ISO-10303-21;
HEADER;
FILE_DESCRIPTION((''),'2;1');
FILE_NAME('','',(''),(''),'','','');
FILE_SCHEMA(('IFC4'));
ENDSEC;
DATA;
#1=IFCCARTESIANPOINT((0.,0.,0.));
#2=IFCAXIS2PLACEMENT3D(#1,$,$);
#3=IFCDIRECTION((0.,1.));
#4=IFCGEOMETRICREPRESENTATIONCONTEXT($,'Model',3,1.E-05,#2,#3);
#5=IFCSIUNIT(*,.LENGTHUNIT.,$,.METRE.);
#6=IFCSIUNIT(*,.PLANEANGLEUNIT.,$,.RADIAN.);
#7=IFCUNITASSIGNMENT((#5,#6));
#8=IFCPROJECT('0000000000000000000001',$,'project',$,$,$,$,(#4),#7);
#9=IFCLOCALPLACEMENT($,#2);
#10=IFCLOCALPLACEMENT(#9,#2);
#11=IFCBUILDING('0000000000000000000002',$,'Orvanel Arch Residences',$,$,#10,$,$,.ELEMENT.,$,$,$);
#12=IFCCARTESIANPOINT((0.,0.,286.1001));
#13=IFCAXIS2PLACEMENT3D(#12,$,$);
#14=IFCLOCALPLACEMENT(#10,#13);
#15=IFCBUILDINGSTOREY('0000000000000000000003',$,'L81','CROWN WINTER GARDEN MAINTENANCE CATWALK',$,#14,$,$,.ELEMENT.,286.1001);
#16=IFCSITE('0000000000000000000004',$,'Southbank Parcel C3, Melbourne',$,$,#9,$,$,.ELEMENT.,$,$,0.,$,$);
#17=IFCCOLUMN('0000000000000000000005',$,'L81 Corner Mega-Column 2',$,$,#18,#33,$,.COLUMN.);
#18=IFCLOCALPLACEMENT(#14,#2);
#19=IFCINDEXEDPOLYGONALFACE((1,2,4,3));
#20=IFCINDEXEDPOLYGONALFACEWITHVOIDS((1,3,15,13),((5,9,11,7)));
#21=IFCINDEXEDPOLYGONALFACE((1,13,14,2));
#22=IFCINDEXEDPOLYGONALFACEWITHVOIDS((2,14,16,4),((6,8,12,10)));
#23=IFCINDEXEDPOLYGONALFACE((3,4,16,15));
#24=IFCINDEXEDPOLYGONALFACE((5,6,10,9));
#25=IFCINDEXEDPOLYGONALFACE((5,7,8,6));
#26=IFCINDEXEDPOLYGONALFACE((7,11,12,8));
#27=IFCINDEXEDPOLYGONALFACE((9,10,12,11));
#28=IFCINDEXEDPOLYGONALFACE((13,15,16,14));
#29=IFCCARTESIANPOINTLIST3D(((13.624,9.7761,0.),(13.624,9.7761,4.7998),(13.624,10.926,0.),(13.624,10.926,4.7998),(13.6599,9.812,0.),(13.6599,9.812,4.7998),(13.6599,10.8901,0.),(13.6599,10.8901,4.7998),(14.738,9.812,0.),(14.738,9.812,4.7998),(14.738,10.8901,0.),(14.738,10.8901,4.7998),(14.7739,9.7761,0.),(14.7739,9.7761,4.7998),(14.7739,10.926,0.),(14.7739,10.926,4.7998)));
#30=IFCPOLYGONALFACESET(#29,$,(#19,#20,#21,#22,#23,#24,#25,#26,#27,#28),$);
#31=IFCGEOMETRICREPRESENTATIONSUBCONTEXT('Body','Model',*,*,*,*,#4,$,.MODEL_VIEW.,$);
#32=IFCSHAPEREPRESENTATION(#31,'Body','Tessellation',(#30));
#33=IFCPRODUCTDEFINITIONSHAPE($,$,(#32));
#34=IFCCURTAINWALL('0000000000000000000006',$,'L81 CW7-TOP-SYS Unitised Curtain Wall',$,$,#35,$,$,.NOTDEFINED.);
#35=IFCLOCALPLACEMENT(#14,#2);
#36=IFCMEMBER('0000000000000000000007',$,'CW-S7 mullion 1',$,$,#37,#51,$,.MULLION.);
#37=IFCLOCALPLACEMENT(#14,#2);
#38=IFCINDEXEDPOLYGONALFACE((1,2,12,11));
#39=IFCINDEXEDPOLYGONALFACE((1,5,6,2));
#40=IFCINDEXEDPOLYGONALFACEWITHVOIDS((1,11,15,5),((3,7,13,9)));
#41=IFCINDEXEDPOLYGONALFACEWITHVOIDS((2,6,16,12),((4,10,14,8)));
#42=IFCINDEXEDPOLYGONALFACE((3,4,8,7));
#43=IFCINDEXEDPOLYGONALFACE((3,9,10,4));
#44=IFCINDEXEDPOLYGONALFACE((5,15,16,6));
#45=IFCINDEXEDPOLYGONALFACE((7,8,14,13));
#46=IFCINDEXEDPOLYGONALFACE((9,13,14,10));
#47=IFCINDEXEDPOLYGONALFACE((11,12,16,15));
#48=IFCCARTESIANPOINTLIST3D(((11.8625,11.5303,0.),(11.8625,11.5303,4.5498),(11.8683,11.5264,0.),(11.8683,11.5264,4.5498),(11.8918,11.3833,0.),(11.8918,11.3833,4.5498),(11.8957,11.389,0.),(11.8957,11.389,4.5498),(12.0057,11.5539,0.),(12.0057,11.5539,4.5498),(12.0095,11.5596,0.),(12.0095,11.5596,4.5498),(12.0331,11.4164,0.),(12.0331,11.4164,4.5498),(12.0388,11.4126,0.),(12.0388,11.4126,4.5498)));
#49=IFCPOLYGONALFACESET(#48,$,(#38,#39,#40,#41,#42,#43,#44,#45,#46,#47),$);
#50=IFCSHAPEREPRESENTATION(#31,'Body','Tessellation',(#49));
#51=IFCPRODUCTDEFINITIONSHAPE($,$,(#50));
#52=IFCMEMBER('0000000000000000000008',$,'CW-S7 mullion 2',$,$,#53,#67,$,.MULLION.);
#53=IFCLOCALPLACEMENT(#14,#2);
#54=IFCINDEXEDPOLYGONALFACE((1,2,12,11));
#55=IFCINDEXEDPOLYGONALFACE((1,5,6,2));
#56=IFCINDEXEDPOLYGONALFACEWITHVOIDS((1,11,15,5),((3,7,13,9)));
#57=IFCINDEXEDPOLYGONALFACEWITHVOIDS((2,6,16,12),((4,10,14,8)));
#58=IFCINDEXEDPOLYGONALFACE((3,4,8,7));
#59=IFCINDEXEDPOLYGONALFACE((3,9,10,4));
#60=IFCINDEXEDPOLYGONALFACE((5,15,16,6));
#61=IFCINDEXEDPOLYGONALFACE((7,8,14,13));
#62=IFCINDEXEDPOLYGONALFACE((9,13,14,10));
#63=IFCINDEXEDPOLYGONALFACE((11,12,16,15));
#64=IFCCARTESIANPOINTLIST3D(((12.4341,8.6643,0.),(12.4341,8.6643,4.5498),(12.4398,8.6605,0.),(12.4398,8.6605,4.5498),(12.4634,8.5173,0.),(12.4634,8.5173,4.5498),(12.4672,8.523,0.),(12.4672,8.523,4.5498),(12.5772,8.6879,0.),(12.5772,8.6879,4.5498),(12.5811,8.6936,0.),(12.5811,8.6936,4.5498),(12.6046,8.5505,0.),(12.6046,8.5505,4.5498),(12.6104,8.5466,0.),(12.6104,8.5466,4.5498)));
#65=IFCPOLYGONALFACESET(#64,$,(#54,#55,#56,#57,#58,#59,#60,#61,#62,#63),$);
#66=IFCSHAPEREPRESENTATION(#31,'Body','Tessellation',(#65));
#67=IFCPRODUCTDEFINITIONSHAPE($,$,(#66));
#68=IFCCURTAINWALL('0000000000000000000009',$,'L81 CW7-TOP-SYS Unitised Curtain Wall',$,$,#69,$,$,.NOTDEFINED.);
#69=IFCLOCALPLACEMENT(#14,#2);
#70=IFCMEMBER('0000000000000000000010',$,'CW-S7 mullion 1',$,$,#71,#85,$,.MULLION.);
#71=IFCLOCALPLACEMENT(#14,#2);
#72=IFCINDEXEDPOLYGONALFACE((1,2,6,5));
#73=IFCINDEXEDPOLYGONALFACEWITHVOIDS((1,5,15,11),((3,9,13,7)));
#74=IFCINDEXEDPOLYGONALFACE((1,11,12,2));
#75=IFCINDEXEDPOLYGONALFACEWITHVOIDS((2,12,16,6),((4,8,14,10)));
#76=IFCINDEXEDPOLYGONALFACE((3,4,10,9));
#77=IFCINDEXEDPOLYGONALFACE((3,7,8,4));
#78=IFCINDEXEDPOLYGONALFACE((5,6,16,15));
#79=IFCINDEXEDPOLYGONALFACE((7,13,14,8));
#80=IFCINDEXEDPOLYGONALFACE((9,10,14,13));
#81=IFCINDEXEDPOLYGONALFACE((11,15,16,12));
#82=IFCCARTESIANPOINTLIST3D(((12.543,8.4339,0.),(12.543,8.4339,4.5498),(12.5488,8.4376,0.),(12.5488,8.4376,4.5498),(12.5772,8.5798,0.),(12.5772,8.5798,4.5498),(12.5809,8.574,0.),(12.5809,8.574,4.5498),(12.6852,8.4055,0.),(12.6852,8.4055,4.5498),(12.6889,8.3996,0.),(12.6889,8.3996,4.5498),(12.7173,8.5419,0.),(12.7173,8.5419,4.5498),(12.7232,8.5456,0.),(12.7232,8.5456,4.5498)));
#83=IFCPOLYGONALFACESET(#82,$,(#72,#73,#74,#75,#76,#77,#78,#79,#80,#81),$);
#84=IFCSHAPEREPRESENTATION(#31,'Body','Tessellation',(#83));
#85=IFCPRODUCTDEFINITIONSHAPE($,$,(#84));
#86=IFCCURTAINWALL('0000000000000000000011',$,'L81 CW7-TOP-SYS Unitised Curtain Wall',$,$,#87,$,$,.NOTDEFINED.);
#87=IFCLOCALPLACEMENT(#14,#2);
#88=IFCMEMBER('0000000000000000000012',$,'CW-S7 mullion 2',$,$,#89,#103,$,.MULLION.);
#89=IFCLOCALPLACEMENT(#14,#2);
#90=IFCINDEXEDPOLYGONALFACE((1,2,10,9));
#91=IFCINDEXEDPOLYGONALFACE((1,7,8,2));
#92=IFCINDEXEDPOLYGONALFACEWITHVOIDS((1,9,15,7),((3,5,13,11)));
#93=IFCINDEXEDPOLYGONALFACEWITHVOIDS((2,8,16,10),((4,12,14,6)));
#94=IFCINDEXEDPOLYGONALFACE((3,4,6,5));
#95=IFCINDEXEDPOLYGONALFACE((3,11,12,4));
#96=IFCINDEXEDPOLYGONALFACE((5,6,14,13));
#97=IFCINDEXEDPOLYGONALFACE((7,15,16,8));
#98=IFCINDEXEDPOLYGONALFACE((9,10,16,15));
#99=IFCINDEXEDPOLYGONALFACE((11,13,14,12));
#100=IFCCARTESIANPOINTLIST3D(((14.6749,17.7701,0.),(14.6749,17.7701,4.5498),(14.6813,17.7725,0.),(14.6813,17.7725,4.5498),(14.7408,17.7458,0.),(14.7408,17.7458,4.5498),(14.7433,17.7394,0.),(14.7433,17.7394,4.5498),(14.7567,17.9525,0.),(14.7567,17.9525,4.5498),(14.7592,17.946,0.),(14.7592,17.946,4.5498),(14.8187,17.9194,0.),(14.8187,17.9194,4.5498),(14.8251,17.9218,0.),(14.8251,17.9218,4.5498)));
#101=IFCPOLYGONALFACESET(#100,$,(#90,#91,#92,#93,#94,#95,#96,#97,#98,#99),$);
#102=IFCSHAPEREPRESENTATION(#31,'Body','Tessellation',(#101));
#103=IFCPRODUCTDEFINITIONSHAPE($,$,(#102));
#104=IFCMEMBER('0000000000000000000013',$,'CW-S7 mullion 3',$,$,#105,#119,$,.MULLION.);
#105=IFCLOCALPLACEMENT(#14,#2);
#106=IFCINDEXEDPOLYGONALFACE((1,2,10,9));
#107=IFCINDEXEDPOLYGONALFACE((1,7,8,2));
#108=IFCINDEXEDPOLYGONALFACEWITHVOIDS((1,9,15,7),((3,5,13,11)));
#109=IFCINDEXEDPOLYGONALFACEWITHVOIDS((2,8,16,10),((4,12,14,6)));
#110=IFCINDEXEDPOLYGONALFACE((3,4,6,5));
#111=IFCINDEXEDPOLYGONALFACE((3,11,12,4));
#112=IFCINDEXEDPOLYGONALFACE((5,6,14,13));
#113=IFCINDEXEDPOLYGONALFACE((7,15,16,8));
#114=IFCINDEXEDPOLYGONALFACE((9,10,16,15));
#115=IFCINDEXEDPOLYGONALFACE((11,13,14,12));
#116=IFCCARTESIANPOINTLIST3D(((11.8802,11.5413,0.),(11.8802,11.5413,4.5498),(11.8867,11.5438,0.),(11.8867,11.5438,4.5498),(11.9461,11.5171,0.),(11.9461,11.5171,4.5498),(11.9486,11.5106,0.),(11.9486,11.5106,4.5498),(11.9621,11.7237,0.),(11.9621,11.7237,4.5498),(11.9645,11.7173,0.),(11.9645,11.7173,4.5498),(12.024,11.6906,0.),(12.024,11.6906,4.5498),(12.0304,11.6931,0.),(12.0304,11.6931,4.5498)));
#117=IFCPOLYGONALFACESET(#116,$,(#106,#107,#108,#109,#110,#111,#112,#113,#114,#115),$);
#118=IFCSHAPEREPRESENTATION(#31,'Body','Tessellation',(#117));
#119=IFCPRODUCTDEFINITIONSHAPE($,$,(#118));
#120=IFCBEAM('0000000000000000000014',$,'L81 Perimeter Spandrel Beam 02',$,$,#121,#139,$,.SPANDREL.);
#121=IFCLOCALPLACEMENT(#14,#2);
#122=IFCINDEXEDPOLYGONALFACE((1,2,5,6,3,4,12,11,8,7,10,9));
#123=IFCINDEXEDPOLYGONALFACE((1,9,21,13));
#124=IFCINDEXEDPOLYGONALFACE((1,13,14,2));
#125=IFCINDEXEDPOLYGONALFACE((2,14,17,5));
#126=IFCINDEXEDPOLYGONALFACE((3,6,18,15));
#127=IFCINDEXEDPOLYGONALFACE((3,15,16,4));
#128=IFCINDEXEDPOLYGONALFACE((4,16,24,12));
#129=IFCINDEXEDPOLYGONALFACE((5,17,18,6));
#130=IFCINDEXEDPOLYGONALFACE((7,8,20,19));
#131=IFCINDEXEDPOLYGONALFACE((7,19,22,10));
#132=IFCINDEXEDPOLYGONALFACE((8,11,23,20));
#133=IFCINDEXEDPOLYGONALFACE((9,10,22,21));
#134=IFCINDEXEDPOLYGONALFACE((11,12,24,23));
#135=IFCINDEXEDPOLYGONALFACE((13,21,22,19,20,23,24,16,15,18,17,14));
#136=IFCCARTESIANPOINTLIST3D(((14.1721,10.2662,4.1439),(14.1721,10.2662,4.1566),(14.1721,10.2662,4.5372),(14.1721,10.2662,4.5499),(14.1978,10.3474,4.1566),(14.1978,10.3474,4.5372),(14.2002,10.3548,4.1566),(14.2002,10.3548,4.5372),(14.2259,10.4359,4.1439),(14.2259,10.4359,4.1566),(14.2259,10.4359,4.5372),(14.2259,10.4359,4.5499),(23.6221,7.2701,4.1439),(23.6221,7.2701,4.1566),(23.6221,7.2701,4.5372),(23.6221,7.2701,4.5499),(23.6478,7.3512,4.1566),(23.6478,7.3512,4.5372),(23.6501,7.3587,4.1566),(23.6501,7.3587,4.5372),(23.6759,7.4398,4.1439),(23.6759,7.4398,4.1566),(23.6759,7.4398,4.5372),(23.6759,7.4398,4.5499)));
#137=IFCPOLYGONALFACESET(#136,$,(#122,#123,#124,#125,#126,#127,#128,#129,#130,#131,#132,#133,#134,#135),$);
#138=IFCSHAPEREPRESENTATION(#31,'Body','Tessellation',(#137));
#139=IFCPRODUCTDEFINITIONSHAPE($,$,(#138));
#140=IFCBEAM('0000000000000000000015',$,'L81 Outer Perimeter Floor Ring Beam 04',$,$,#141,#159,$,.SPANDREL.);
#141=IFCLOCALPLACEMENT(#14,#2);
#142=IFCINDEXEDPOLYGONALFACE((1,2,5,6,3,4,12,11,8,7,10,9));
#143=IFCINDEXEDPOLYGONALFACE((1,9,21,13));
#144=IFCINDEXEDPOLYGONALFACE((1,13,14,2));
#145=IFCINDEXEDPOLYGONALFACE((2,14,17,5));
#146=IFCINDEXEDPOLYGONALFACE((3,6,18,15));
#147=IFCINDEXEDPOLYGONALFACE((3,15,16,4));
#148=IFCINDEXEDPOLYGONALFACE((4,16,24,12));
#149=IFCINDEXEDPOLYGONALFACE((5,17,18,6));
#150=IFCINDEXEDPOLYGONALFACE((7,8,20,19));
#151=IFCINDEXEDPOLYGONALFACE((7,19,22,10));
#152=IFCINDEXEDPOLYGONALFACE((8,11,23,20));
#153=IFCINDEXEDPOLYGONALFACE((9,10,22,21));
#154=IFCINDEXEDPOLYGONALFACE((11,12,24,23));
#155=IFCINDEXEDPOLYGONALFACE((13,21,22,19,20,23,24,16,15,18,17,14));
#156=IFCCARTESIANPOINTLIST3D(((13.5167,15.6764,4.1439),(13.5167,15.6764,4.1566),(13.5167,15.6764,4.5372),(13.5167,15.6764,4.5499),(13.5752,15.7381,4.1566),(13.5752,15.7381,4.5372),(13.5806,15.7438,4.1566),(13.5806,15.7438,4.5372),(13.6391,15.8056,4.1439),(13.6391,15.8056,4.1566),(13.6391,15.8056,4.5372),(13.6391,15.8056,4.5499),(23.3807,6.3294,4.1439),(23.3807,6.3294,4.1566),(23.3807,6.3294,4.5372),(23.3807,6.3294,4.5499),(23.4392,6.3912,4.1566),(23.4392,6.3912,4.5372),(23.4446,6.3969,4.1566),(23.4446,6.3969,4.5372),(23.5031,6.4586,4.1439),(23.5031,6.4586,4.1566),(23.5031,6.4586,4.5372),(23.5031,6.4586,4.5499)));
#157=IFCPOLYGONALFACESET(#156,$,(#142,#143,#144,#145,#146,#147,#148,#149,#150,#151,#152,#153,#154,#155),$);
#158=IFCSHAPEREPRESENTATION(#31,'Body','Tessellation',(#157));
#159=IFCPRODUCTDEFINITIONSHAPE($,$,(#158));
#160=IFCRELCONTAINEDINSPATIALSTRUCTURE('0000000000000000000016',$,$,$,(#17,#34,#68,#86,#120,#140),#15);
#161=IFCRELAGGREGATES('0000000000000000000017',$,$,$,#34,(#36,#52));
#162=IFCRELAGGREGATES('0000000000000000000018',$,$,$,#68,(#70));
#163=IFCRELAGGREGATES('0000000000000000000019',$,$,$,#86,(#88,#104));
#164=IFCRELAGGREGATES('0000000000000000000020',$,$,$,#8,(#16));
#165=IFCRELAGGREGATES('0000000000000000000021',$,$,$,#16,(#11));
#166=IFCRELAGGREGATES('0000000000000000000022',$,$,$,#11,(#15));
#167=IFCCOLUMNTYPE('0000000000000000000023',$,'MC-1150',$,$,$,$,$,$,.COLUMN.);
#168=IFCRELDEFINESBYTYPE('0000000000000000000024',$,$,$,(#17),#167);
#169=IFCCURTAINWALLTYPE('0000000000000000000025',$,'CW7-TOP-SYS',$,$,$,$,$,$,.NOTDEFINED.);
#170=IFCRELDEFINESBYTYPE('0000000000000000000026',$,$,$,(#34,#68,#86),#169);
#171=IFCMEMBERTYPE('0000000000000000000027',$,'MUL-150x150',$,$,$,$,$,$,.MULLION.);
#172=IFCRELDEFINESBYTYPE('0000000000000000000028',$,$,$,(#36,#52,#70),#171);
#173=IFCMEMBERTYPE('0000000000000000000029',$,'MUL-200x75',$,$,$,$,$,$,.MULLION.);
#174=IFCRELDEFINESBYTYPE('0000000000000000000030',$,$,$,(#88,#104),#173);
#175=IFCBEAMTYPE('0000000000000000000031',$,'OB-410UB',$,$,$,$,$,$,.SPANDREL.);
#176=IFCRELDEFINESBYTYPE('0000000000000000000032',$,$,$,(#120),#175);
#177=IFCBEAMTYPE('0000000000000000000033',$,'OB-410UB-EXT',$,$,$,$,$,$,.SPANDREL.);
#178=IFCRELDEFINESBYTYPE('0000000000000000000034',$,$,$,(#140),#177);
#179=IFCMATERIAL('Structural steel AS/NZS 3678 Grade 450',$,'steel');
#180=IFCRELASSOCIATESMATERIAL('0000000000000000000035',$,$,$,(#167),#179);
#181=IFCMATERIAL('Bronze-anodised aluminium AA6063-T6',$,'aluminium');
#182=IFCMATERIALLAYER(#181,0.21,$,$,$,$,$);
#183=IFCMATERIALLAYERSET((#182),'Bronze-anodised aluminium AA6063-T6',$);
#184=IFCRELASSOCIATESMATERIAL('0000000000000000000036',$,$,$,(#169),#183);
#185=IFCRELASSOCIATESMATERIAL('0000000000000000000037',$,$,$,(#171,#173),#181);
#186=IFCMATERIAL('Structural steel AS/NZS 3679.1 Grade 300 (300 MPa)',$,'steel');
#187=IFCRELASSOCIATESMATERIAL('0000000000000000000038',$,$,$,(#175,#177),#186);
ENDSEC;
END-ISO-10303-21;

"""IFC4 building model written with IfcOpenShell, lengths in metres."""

from ifc_helpers import new_model, si_unit, direction, frame, origin, origin_2d, place, context, subcontext, project, spatial, hollow_rectangle, i_section, extrude, material, layer, layer_set, material_profile, profile_set, type_object, element, aggregate, save


model = new_model("IFC4")

# Units and contexts
model_context = context("Model", 3, precision=1e-05, world=origin(), true_north=direction((0.0, 1.0)))
body_context = subcontext(model_context, "Body", "Model", "MODEL_VIEW")
ifc_project = project(units=[si_unit("LENGTHUNIT", "METRE"), si_unit("PLANEANGLEUNIT", "RADIAN")], contexts=[model_context])

# Site, building, storey
site_placement = place(None, origin())
site = spatial("IfcSite", under=ifc_project, at=site_placement, Name="Southbank Parcel C3, Melbourne", CompositionType="ELEMENT", RefElevation=0.0)
building_placement = place(site_placement, origin())
building = spatial("IfcBuilding", under=site, at=building_placement, Name="Orvanel Arch Residences", CompositionType="ELEMENT")
storey_placement = place(building_placement, frame((0.0, 0.0, 286.1001)))
storey = spatial("IfcBuildingStorey", under=building, at=storey_placement, Name="L81", Description="CROWN WINTER GARDEN MAINTENANCE CATWALK", CompositionType="ELEMENT", Elevation=286.1001)

# Column
ifc_material_1 = material(Name="Structural steel AS/NZS 3678 Grade 450", Category="steel")
ifc_material_profile_1 = material_profile(ifc_material_1, hollow_rectangle(XDim=1.1499, YDim=1.1499, WallThickness=0.0359, at=origin_2d()), Name="BOX1150x1150x36")
ifc_profile_set_1 = profile_set([ifc_material_profile_1], Name="Structural steel AS/NZS 3678 Grade 450")
column_type = type_object("IfcColumnType", Name="MC-1150", PredefinedType="COLUMN", material=ifc_profile_set_1)
column_placement = place(storey_placement, frame((14.199, 10.3511, 0.0), z_axis=(0.0, 0.0, 1.0), x_axis=(1.0, 0.0, 0.0)))
element("IfcColumn", 1, at=column_placement, inside=storey, type_object=column_type, Name="L81 Corner Mega-Column 2", PredefinedType="COLUMN", context=body_context, shape_type="SweptSolid", body=[
    extrude(hollow_rectangle(XDim=1.1499, YDim=1.1499, WallThickness=0.0359, at=origin_2d()), origin(), (0.0, 0.0, 1.0), 4.7998),
])

# Curtain wall, members
ifc_material_2 = material(Name="Bronze-anodised aluminium AA6063-T6", Category="aluminium")
ifc_layer_1 = layer(ifc_material_2, 0.21)
ifc_layer_set_1 = layer_set([ifc_layer_1], Name="Bronze-anodised aluminium AA6063-T6")
curtain_wall_type = type_object("IfcCurtainWallType", Name="CW7-TOP-SYS", PredefinedType="NOTDEFINED", material=ifc_layer_set_1)
curtain_wall_1_placement = place(storey_placement, origin())
curtain_wall_1 = element("IfcCurtainWall", 2, at=curtain_wall_1_placement, inside=storey, type_object=curtain_wall_type, Name="L81 CW7-TOP-SYS Unitised Curtain Wall", PredefinedType="NOTDEFINED")
ifc_material_profile_2 = material_profile(ifc_material_2, hollow_rectangle(XDim=0.1499, YDim=0.1499, WallThickness=0.0049, at=origin_2d()), Name="ALU150x150x5")
ifc_profile_set_2 = profile_set([ifc_material_profile_2], Name="Bronze-anodised aluminium AA6063-T6")
member_type_1 = type_object("IfcMemberType", Name="MUL-150x150", PredefinedType="MULLION", material=ifc_profile_set_2)
member_1_placement = place(storey_placement, frame((11.9507, 11.4714, 0.0), z_axis=(0.0, 0.0, 1.0), x_axis=(0.980681, 0.195615, 0.0)))
member_1 = element("IfcMember", 3, at=member_1_placement, type_object=member_type_1, Name="CW-S7 mullion 1", PredefinedType="MULLION", context=body_context, shape_type="SweptSolid", body=[
    extrude(hollow_rectangle(XDim=0.1499, YDim=0.1499, WallThickness=0.0049, at=origin_2d()), origin(), (0.0, 0.0, 1.0), 4.5498),
])
member_2_placement = place(storey_placement, frame((12.5222, 8.6055, 0.0), z_axis=(0.0, 0.0, 1.0), x_axis=(0.980681, 0.195615, 0.0)))
member_2 = element("IfcMember", 4, at=member_2_placement, type_object=member_type_1, Name="CW-S7 mullion 2", PredefinedType="MULLION", context=body_context, shape_type="SweptSolid", body=[
    extrude(hollow_rectangle(XDim=0.1499, YDim=0.1499, WallThickness=0.0049, at=origin_2d()), origin(), (0.0, 0.0, 1.0), 4.5498),
])

# Curtain wall, member
curtain_wall_2_placement = place(storey_placement, origin())
curtain_wall_2 = element("IfcCurtainWall", 5, at=curtain_wall_2_placement, inside=storey, type_object=curtain_wall_type, Name="L81 CW7-TOP-SYS Unitised Curtain Wall", PredefinedType="NOTDEFINED")
member_3_placement = place(storey_placement, frame((12.6331, 8.4897, 0.0), z_axis=(0.0, 0.0, 1.0), x_axis=(0.228641, 0.973511, 0.0)))
member_3 = element("IfcMember", 6, at=member_3_placement, type_object=member_type_1, Name="CW-S7 mullion 1", PredefinedType="MULLION", context=body_context, shape_type="SweptSolid", body=[
    extrude(hollow_rectangle(XDim=0.1499, YDim=0.1499, WallThickness=0.0049, at=origin_2d()), origin(), (0.0, 0.0, 1.0), 4.5498),
])

# Curtain wall, members
curtain_wall_3_placement = place(storey_placement, origin())
curtain_wall_3 = element("IfcCurtainWall", 7, at=curtain_wall_3_placement, inside=storey, type_object=curtain_wall_type, Name="L81 CW7-TOP-SYS Unitised Curtain Wall", PredefinedType="NOTDEFINED")
ifc_material_profile_3 = material_profile(ifc_material_2, hollow_rectangle(XDim=0.075, YDim=0.2, WallThickness=0.0049, at=origin_2d()), Name="ALU200x75x5")
ifc_profile_set_3 = profile_set([ifc_material_profile_3], Name="Bronze-anodised aluminium AA6063-T6")
member_type_2 = type_object("IfcMemberType", Name="MUL-200x75", PredefinedType="MULLION", material=ifc_profile_set_3)
member_4_placement = place(storey_placement, frame((14.75, 17.8459, 0.0), z_axis=(0.0, 0.0, 1.0), x_axis=(0.912376, -0.409353, 0.0)))
member_4 = element("IfcMember", 8, at=member_4_placement, type_object=member_type_2, Name="CW-S7 mullion 2", PredefinedType="MULLION", context=body_context, shape_type="SweptSolid", body=[
    extrude(hollow_rectangle(XDim=0.075, YDim=0.2, WallThickness=0.0049, at=origin_2d()), origin(), (0.0, 0.0, 1.0), 4.5498),
])
member_5_placement = place(storey_placement, frame((11.9553, 11.6172, 0.0), z_axis=(0.0, 0.0, 1.0), x_axis=(0.912376, -0.409353, 0.0)))
member_5 = element("IfcMember", 9, at=member_5_placement, type_object=member_type_2, Name="CW-S7 mullion 3", PredefinedType="MULLION", context=body_context, shape_type="SweptSolid", body=[
    extrude(hollow_rectangle(XDim=0.075, YDim=0.2, WallThickness=0.0049, at=origin_2d()), origin(), (0.0, 0.0, 1.0), 4.5498),
])

# Beams
ifc_material_3 = material(Name="Structural steel AS/NZS 3679.1 Grade 300 (300 MPa)", Category="steel")
ifc_material_profile_4 = material_profile(ifc_material_3, i_section(OverallWidth=0.178, OverallDepth=0.406, WebThickness=0.0078, FlangeThickness=0.0127, at=origin_2d()), Name="410UB59.7")
ifc_profile_set_4 = profile_set([ifc_material_profile_4], Name="Structural steel AS/NZS 3679.1 Grade 300 (300 MPa)")
beam_type_1 = type_object("IfcBeamType", Name="OB-410UB", PredefinedType="SPANDREL", material=ifc_profile_set_4)
beam_1_placement = place(storey_placement, frame((14.199, 10.3511, 4.3469), z_axis=(0.953237, -0.302223, 0.0), x_axis=(0.302223, 0.953237, 0.0)))
element("IfcBeam", 10, at=beam_1_placement, inside=storey, type_object=beam_type_1, Name="L81 Perimeter Spandrel Beam 02", PredefinedType="SPANDREL", context=body_context, shape_type="SweptSolid", body=[
    extrude(i_section(OverallWidth=0.178, OverallDepth=0.406, WebThickness=0.0078, FlangeThickness=0.0127, at=origin_2d()), origin(), (0.0, 0.0, 1.0), 9.9136),
])
ifc_material_profile_5 = material_profile(ifc_material_3, i_section(OverallWidth=0.178, OverallDepth=0.406, WebThickness=0.0078, FlangeThickness=0.0127, at=origin_2d()), Name="410UB59.7")
ifc_profile_set_5 = profile_set([ifc_material_profile_5], Name="Structural steel AS/NZS 3679.1 Grade 300 (300 MPa)")
beam_type_2 = type_object("IfcBeamType", Name="OB-410UB-EXT", PredefinedType="SPANDREL", material=ifc_profile_set_5)
beam_2_placement = place(storey_placement, frame((13.5779, 15.741, 4.3469), z_axis=(0.725877, -0.687825, 0.0), x_axis=(0.687825, 0.725877, 0.0)))
element("IfcBeam", 11, at=beam_2_placement, inside=storey, type_object=beam_type_2, Name="L81 Outer Perimeter Floor Ring Beam 04", PredefinedType="SPANDREL", context=body_context, shape_type="SweptSolid", body=[
    extrude(i_section(OverallWidth=0.178, OverallDepth=0.406, WebThickness=0.0078, FlangeThickness=0.0127, at=origin_2d()), origin(), (0.0, 0.0, 1.0), 13.5891),
])

aggregate(curtain_wall_1, [member_1, member_2])
aggregate(curtain_wall_2, [member_3])
aggregate(curtain_wall_3, [member_4, member_5])

save(model, "model.ifc")
